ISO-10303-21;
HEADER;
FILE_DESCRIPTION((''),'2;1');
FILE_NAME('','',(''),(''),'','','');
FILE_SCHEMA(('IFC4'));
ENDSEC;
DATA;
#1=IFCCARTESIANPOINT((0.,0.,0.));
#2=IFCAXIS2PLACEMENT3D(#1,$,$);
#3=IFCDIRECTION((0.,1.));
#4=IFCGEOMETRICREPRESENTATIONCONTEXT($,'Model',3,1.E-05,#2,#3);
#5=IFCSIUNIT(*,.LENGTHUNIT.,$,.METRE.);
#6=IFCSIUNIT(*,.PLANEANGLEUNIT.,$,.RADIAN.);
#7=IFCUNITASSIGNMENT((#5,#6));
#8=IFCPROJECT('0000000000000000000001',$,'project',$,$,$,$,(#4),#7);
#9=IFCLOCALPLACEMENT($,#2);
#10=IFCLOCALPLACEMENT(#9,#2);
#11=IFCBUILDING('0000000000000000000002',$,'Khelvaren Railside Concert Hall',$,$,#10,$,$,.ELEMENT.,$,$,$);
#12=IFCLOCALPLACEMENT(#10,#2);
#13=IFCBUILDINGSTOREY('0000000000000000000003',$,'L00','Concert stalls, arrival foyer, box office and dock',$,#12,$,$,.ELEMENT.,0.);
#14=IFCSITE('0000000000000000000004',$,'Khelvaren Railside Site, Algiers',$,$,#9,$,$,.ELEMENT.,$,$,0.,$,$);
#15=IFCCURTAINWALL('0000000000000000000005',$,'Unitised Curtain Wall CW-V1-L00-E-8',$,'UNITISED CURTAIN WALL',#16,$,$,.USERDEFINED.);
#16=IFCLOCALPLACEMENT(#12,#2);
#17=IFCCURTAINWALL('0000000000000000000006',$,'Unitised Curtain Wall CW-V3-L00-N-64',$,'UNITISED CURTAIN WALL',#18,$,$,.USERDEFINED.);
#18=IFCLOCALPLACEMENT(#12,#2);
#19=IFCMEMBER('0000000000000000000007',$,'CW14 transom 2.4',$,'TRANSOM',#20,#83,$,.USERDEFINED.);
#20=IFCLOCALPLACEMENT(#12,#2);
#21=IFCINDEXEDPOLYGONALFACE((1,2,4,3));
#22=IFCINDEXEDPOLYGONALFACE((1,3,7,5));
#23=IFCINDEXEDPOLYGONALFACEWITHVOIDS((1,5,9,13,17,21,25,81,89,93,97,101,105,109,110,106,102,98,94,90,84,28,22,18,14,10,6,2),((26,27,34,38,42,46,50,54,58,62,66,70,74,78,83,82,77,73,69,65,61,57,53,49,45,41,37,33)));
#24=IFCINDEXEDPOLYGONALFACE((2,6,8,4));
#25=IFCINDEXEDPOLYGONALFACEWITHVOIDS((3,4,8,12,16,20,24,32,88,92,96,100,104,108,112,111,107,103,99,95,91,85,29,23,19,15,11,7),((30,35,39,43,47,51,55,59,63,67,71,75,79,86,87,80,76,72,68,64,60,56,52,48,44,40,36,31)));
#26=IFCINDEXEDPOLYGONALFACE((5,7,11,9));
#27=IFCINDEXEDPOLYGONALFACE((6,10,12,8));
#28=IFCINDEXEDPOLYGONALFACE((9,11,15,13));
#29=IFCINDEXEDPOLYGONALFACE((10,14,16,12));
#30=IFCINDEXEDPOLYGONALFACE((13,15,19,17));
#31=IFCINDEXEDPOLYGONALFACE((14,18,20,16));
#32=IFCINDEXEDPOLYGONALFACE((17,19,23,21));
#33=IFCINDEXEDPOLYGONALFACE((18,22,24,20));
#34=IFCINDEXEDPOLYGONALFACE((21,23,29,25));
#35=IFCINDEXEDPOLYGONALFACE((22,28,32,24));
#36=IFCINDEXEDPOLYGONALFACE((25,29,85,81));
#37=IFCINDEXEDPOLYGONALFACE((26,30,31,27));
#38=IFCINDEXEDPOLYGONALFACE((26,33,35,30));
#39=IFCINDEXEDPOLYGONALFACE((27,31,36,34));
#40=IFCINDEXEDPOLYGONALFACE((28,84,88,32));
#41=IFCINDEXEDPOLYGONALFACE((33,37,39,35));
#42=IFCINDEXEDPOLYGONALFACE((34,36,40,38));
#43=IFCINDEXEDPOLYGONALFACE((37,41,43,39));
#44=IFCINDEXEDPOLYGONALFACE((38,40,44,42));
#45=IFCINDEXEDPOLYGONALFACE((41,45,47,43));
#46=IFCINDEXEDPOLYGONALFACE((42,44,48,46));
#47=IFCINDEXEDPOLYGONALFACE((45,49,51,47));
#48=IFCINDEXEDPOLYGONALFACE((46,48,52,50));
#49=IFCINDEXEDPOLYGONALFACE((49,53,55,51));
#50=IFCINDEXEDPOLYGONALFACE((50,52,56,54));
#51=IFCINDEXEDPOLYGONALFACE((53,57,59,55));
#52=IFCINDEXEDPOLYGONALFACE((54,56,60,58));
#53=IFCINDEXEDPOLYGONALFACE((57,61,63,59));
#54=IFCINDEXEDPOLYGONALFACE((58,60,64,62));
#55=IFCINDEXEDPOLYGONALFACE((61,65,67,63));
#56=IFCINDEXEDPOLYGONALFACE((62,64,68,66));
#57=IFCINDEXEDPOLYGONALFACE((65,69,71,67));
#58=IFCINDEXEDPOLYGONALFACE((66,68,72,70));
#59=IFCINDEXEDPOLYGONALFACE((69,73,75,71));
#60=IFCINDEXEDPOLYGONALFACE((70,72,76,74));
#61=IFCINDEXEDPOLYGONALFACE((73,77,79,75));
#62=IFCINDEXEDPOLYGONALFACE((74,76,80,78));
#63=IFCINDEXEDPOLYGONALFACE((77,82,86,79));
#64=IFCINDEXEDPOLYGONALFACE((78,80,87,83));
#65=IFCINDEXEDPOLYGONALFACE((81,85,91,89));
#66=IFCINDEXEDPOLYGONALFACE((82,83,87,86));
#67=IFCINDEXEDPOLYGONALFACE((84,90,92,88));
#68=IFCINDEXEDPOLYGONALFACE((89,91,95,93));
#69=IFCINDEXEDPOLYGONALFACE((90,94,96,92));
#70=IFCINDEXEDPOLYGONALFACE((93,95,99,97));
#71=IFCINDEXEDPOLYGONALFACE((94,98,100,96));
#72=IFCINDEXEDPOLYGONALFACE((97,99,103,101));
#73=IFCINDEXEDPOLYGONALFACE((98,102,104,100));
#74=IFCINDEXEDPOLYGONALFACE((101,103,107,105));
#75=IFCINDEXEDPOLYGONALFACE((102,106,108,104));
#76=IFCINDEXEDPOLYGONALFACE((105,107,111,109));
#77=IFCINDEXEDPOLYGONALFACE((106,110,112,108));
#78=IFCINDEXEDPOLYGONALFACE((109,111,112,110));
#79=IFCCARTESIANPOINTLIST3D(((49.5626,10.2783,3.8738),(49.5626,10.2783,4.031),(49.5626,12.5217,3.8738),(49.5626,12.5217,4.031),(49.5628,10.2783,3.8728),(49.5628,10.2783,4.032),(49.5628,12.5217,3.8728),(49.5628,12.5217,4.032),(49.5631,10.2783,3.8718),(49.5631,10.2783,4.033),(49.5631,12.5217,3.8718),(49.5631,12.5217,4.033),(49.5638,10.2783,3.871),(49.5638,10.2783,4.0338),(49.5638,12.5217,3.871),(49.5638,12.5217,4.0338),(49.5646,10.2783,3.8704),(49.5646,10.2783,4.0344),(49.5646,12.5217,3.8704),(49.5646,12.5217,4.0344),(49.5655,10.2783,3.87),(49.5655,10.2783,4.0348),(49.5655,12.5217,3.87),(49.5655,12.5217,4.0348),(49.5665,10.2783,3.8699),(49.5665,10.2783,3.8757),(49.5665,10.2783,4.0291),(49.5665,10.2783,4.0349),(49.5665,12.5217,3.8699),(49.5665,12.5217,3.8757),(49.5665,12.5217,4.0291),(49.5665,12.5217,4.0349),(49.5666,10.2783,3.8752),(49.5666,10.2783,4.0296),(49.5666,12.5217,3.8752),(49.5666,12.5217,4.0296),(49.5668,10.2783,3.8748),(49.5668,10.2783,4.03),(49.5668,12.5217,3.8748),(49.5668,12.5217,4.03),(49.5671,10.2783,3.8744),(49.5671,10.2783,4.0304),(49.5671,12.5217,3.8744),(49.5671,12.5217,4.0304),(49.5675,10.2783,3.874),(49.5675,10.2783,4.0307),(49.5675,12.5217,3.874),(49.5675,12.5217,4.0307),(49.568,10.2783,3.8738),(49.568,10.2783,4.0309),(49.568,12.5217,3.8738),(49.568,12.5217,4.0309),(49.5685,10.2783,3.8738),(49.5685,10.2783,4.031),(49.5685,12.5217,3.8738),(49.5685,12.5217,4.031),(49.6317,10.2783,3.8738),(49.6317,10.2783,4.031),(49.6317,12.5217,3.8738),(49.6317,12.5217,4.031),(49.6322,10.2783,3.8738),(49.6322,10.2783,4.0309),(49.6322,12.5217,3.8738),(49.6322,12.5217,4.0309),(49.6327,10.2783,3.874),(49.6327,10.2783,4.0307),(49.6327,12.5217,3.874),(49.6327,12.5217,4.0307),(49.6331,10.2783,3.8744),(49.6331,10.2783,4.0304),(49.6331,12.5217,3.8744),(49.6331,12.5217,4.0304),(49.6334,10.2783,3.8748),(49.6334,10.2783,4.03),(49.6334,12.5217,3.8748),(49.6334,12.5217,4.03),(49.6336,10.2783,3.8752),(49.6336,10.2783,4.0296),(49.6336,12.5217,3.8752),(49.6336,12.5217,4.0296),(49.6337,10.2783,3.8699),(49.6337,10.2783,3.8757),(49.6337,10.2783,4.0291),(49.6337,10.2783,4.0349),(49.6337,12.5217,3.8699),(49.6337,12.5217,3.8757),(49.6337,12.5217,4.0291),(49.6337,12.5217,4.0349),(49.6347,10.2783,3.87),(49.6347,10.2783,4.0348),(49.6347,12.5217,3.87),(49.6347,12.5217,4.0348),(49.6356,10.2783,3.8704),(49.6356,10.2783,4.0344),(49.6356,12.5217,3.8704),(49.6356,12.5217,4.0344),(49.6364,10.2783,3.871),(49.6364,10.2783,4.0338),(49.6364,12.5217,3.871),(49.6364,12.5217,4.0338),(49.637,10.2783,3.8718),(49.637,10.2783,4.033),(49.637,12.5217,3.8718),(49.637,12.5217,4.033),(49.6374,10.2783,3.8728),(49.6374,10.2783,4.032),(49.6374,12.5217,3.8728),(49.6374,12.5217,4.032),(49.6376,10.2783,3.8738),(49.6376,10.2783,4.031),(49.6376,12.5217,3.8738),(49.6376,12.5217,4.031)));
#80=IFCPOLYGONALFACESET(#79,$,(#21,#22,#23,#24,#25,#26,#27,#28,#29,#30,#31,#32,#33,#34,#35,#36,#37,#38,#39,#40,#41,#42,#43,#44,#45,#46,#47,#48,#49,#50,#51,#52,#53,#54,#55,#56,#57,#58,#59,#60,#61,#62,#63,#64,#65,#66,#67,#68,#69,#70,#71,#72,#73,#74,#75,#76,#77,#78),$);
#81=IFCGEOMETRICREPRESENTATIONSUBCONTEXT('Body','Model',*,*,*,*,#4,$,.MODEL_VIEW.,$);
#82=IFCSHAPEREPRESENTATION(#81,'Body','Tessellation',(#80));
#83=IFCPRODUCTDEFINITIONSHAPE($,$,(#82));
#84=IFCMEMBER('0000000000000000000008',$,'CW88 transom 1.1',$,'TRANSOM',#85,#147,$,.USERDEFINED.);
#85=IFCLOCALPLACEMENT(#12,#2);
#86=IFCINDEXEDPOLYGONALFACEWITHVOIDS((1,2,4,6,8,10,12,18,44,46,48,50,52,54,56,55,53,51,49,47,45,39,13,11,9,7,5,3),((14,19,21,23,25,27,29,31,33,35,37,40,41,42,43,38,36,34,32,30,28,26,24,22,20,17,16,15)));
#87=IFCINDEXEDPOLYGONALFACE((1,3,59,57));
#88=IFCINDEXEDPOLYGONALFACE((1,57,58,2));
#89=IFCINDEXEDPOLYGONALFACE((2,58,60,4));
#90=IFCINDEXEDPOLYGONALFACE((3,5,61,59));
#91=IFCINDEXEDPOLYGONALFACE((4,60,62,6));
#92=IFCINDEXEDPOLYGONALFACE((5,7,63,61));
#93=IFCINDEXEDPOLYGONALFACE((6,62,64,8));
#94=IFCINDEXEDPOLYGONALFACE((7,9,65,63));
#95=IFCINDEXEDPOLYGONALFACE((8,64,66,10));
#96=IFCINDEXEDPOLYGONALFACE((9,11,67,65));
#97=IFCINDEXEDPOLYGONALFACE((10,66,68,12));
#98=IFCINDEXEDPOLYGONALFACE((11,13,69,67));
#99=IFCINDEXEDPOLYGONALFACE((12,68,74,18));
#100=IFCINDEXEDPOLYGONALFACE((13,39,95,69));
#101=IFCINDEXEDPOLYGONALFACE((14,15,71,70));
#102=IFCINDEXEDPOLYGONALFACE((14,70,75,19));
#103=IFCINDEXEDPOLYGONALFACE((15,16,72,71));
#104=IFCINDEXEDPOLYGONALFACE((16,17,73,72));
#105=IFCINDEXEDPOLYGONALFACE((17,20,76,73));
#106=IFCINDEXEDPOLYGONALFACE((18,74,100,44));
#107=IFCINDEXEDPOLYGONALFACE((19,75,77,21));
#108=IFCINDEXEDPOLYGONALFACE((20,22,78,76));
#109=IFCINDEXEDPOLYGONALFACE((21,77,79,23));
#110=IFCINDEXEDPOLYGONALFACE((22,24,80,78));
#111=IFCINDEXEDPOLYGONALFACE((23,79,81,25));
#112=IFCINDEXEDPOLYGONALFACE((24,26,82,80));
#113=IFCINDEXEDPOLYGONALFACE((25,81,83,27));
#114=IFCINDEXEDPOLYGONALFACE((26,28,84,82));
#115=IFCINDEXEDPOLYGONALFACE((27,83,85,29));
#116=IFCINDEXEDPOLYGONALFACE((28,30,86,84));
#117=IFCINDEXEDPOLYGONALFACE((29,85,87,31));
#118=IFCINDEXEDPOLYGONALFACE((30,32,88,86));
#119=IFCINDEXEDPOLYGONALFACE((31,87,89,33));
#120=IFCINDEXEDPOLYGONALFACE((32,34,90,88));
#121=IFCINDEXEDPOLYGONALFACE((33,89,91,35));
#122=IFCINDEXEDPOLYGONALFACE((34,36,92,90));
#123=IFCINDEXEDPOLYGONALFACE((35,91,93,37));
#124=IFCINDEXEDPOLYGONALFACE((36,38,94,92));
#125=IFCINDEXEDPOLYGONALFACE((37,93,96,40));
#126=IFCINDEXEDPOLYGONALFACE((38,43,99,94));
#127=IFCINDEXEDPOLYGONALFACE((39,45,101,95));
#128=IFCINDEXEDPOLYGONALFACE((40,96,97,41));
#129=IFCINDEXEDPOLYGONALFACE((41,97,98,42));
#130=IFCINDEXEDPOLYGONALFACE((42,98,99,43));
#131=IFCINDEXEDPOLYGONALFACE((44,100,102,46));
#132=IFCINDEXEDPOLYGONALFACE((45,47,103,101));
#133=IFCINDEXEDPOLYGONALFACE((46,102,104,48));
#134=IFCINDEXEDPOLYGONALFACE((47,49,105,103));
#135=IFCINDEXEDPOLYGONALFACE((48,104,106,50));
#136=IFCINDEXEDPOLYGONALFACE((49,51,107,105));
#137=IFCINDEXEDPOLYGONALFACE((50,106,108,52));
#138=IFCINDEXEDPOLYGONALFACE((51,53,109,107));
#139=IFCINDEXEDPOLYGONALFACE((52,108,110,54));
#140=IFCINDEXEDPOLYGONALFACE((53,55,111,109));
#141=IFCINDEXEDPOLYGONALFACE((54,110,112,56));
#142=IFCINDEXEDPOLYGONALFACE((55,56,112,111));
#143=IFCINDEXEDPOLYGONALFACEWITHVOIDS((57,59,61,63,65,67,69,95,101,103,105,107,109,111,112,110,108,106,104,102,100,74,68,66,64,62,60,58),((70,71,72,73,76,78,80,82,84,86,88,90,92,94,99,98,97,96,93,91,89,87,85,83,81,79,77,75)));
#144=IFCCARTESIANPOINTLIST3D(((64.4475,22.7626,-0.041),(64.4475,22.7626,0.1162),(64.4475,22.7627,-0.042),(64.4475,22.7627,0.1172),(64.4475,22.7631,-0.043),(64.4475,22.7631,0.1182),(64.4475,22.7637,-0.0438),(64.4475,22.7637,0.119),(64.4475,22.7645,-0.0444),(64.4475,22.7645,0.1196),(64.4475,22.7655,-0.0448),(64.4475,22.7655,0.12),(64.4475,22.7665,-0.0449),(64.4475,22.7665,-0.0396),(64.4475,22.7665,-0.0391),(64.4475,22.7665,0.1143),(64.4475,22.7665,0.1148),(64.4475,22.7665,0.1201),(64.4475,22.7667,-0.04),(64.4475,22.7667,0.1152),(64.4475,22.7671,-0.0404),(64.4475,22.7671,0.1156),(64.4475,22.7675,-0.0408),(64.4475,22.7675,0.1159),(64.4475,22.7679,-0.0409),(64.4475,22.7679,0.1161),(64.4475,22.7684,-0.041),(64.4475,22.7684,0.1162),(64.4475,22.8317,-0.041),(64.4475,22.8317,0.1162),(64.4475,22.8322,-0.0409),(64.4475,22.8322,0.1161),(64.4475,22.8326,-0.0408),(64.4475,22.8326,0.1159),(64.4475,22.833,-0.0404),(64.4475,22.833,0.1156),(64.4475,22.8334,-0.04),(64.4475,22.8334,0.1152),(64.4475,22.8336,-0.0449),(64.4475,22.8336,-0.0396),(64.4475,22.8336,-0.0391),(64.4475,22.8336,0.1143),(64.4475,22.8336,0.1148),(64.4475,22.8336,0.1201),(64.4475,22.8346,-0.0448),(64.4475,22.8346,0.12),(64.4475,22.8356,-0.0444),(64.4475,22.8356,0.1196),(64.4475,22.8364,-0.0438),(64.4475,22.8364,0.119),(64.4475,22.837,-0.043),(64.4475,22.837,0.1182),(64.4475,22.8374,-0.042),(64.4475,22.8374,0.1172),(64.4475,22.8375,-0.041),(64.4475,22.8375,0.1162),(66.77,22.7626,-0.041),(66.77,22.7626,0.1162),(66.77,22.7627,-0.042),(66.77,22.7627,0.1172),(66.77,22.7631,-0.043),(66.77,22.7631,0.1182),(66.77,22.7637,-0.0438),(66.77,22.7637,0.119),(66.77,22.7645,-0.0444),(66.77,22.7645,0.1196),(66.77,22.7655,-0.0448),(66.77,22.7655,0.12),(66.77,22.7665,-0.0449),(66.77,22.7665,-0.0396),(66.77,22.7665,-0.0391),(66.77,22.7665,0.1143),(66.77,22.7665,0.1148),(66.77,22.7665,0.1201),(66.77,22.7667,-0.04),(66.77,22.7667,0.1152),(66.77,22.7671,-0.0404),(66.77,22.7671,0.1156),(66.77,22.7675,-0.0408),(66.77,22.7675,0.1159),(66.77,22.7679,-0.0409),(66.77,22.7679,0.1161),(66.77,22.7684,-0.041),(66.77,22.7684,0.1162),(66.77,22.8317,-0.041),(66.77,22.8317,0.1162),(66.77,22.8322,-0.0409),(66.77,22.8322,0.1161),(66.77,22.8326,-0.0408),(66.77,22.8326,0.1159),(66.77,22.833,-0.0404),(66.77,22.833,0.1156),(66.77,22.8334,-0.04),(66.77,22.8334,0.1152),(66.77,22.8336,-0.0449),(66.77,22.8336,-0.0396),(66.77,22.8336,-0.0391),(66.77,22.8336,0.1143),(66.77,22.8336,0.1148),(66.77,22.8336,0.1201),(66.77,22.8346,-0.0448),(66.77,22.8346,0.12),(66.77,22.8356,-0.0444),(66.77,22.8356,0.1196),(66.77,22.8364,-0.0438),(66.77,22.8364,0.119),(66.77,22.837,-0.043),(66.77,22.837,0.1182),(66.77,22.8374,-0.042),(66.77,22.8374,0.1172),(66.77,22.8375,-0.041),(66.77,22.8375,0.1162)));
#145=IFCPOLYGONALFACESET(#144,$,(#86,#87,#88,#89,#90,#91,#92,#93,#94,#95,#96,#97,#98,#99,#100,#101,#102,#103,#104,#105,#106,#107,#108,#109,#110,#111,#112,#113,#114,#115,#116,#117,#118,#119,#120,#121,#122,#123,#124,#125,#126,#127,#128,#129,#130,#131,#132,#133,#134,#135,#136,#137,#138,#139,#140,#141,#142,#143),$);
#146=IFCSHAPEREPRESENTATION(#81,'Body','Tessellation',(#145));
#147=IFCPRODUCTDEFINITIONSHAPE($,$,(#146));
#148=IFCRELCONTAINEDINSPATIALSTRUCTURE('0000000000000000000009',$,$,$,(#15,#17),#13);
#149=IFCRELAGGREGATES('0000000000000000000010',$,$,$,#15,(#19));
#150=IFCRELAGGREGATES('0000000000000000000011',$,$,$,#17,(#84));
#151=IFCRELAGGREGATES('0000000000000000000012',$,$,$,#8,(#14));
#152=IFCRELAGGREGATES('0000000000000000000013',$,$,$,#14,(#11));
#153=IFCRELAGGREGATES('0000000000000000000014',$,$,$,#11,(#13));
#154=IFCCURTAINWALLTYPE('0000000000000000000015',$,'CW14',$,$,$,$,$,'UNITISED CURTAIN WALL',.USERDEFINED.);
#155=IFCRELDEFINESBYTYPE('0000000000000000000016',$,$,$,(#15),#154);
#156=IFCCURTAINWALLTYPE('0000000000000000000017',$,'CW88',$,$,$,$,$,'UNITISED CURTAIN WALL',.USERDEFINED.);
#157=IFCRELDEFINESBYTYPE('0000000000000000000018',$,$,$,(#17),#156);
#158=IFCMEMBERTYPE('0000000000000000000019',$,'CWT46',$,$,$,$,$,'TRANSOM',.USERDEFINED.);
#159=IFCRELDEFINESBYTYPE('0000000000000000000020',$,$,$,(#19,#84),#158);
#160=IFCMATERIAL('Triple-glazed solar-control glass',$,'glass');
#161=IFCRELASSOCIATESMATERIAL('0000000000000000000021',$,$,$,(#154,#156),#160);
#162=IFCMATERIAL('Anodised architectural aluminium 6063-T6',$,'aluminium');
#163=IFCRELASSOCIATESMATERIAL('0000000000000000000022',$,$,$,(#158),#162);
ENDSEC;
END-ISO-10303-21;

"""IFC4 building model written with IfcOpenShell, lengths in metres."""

from ifc_helpers import new_model, si_unit, direction, frame, origin, origin_2d, place, context, subcontext, project, spatial, hollow_rectangle, extrude, material, material_profile, profile_set, type_object, element, aggregate, save


model = new_model("IFC4")

# Units and contexts
model_context = context("Model", 3, precision=1e-05, world=origin(), true_north=direction((0.0, 1.0)))
body_context = subcontext(model_context, "Body", "Model", "MODEL_VIEW")
ifc_project = project(units=[si_unit("LENGTHUNIT", "METRE"), si_unit("PLANEANGLEUNIT", "RADIAN")], contexts=[model_context])

# Site, building, storey
site_placement = place(None, origin())
site = spatial("IfcSite", under=ifc_project, at=site_placement, Name="Khelvaren Railside Site, Algiers", CompositionType="ELEMENT", RefElevation=0.0)
building_placement = place(site_placement, origin())
building = spatial("IfcBuilding", under=site, at=building_placement, Name="Khelvaren Railside Concert Hall", CompositionType="ELEMENT")
storey_placement = place(building_placement, origin())
storey = spatial("IfcBuildingStorey", under=building, at=storey_placement, Name="L00", Description="Concert stalls, arrival foyer, box office and dock", CompositionType="ELEMENT", Elevation=0.0)

# Curtain wall
ifc_material_1 = material(Name="Triple-glazed solar-control glass", Category="glass")
curtain_wall_type_1 = type_object("IfcCurtainWallType", Name="CW14", ElementType="UNITISED CURTAIN WALL", PredefinedType="USERDEFINED", material=ifc_material_1)
curtain_wall_1_placement = place(storey_placement, origin())
curtain_wall_1 = element("IfcCurtainWall", 1, at=curtain_wall_1_placement, inside=storey, type_object=curtain_wall_type_1, Name="Unitised Curtain Wall CW-V1-L00-E-8", ObjectType="UNITISED CURTAIN WALL", PredefinedType="USERDEFINED")
ifc_material_2 = material(Name="Anodised architectural aluminium 6063-T6", Category="aluminium")

# Curtain wall
curtain_wall_type_2 = type_object("IfcCurtainWallType", Name="CW88", ElementType="UNITISED CURTAIN WALL", PredefinedType="USERDEFINED", material=ifc_material_1)
curtain_wall_2_placement = place(storey_placement, origin())
curtain_wall_2 = element("IfcCurtainWall", 2, at=curtain_wall_2_placement, inside=storey, type_object=curtain_wall_type_2, Name="Unitised Curtain Wall CW-V3-L00-N-64", ObjectType="UNITISED CURTAIN WALL", PredefinedType="USERDEFINED")

# Members
ifc_material_profile_1 = material_profile(ifc_material_2, hollow_rectangle(XDim=0.075, YDim=0.165, WallThickness=0.0039, InnerFilletRadius=0.002, OuterFilletRadius=0.0039, at=origin_2d()), Name="CWT 75x165x4")
ifc_profile_set_1 = profile_set([ifc_material_profile_1], Name="Anodised architectural aluminium 6063-T6")
member_type_1 = type_object("IfcMemberType", Name="CWT46", ElementType="TRANSOM", PredefinedType="USERDEFINED", material=ifc_profile_set_1)
member_1_placement = place(storey_placement, frame((49.6001, 12.5217, 3.9524), z_axis=(0.0, -1.0, 0.0), x_axis=(1.0, 0.0, 0.0)))
member_1 = element("IfcMember", 3, at=member_1_placement, type_object=member_type_1, Name="CW14 transom 2.4", ObjectType="TRANSOM", PredefinedType="USERDEFINED", context=body_context, shape_type="SweptSolid", body=[
    extrude(hollow_rectangle(XDim=0.075, YDim=0.165, WallThickness=0.0039, InnerFilletRadius=0.002, OuterFilletRadius=0.0039, at=origin_2d()), origin(), (0.0, 0.0, 1.0), 2.2434),
])
member_2_placement = place(storey_placement, frame((64.4475, 22.8, 0.0376), z_axis=(1.0, 0.0, 0.0), x_axis=(0.0, 1.0, 0.0)))
member_2 = element("IfcMember", 4, at=member_2_placement, type_object=member_type_1, Name="CW88 transom 1.1", ObjectType="TRANSOM", PredefinedType="USERDEFINED", context=body_context, shape_type="SweptSolid", body=[
    extrude(hollow_rectangle(XDim=0.075, YDim=0.165, WallThickness=0.0039, InnerFilletRadius=0.002, OuterFilletRadius=0.0039, at=origin_2d()), origin(), (0.0, 0.0, 1.0), 2.3225),
])

aggregate(curtain_wall_1, [member_1])
aggregate(curtain_wall_2, [member_2])

save(model, "model.ifc")
